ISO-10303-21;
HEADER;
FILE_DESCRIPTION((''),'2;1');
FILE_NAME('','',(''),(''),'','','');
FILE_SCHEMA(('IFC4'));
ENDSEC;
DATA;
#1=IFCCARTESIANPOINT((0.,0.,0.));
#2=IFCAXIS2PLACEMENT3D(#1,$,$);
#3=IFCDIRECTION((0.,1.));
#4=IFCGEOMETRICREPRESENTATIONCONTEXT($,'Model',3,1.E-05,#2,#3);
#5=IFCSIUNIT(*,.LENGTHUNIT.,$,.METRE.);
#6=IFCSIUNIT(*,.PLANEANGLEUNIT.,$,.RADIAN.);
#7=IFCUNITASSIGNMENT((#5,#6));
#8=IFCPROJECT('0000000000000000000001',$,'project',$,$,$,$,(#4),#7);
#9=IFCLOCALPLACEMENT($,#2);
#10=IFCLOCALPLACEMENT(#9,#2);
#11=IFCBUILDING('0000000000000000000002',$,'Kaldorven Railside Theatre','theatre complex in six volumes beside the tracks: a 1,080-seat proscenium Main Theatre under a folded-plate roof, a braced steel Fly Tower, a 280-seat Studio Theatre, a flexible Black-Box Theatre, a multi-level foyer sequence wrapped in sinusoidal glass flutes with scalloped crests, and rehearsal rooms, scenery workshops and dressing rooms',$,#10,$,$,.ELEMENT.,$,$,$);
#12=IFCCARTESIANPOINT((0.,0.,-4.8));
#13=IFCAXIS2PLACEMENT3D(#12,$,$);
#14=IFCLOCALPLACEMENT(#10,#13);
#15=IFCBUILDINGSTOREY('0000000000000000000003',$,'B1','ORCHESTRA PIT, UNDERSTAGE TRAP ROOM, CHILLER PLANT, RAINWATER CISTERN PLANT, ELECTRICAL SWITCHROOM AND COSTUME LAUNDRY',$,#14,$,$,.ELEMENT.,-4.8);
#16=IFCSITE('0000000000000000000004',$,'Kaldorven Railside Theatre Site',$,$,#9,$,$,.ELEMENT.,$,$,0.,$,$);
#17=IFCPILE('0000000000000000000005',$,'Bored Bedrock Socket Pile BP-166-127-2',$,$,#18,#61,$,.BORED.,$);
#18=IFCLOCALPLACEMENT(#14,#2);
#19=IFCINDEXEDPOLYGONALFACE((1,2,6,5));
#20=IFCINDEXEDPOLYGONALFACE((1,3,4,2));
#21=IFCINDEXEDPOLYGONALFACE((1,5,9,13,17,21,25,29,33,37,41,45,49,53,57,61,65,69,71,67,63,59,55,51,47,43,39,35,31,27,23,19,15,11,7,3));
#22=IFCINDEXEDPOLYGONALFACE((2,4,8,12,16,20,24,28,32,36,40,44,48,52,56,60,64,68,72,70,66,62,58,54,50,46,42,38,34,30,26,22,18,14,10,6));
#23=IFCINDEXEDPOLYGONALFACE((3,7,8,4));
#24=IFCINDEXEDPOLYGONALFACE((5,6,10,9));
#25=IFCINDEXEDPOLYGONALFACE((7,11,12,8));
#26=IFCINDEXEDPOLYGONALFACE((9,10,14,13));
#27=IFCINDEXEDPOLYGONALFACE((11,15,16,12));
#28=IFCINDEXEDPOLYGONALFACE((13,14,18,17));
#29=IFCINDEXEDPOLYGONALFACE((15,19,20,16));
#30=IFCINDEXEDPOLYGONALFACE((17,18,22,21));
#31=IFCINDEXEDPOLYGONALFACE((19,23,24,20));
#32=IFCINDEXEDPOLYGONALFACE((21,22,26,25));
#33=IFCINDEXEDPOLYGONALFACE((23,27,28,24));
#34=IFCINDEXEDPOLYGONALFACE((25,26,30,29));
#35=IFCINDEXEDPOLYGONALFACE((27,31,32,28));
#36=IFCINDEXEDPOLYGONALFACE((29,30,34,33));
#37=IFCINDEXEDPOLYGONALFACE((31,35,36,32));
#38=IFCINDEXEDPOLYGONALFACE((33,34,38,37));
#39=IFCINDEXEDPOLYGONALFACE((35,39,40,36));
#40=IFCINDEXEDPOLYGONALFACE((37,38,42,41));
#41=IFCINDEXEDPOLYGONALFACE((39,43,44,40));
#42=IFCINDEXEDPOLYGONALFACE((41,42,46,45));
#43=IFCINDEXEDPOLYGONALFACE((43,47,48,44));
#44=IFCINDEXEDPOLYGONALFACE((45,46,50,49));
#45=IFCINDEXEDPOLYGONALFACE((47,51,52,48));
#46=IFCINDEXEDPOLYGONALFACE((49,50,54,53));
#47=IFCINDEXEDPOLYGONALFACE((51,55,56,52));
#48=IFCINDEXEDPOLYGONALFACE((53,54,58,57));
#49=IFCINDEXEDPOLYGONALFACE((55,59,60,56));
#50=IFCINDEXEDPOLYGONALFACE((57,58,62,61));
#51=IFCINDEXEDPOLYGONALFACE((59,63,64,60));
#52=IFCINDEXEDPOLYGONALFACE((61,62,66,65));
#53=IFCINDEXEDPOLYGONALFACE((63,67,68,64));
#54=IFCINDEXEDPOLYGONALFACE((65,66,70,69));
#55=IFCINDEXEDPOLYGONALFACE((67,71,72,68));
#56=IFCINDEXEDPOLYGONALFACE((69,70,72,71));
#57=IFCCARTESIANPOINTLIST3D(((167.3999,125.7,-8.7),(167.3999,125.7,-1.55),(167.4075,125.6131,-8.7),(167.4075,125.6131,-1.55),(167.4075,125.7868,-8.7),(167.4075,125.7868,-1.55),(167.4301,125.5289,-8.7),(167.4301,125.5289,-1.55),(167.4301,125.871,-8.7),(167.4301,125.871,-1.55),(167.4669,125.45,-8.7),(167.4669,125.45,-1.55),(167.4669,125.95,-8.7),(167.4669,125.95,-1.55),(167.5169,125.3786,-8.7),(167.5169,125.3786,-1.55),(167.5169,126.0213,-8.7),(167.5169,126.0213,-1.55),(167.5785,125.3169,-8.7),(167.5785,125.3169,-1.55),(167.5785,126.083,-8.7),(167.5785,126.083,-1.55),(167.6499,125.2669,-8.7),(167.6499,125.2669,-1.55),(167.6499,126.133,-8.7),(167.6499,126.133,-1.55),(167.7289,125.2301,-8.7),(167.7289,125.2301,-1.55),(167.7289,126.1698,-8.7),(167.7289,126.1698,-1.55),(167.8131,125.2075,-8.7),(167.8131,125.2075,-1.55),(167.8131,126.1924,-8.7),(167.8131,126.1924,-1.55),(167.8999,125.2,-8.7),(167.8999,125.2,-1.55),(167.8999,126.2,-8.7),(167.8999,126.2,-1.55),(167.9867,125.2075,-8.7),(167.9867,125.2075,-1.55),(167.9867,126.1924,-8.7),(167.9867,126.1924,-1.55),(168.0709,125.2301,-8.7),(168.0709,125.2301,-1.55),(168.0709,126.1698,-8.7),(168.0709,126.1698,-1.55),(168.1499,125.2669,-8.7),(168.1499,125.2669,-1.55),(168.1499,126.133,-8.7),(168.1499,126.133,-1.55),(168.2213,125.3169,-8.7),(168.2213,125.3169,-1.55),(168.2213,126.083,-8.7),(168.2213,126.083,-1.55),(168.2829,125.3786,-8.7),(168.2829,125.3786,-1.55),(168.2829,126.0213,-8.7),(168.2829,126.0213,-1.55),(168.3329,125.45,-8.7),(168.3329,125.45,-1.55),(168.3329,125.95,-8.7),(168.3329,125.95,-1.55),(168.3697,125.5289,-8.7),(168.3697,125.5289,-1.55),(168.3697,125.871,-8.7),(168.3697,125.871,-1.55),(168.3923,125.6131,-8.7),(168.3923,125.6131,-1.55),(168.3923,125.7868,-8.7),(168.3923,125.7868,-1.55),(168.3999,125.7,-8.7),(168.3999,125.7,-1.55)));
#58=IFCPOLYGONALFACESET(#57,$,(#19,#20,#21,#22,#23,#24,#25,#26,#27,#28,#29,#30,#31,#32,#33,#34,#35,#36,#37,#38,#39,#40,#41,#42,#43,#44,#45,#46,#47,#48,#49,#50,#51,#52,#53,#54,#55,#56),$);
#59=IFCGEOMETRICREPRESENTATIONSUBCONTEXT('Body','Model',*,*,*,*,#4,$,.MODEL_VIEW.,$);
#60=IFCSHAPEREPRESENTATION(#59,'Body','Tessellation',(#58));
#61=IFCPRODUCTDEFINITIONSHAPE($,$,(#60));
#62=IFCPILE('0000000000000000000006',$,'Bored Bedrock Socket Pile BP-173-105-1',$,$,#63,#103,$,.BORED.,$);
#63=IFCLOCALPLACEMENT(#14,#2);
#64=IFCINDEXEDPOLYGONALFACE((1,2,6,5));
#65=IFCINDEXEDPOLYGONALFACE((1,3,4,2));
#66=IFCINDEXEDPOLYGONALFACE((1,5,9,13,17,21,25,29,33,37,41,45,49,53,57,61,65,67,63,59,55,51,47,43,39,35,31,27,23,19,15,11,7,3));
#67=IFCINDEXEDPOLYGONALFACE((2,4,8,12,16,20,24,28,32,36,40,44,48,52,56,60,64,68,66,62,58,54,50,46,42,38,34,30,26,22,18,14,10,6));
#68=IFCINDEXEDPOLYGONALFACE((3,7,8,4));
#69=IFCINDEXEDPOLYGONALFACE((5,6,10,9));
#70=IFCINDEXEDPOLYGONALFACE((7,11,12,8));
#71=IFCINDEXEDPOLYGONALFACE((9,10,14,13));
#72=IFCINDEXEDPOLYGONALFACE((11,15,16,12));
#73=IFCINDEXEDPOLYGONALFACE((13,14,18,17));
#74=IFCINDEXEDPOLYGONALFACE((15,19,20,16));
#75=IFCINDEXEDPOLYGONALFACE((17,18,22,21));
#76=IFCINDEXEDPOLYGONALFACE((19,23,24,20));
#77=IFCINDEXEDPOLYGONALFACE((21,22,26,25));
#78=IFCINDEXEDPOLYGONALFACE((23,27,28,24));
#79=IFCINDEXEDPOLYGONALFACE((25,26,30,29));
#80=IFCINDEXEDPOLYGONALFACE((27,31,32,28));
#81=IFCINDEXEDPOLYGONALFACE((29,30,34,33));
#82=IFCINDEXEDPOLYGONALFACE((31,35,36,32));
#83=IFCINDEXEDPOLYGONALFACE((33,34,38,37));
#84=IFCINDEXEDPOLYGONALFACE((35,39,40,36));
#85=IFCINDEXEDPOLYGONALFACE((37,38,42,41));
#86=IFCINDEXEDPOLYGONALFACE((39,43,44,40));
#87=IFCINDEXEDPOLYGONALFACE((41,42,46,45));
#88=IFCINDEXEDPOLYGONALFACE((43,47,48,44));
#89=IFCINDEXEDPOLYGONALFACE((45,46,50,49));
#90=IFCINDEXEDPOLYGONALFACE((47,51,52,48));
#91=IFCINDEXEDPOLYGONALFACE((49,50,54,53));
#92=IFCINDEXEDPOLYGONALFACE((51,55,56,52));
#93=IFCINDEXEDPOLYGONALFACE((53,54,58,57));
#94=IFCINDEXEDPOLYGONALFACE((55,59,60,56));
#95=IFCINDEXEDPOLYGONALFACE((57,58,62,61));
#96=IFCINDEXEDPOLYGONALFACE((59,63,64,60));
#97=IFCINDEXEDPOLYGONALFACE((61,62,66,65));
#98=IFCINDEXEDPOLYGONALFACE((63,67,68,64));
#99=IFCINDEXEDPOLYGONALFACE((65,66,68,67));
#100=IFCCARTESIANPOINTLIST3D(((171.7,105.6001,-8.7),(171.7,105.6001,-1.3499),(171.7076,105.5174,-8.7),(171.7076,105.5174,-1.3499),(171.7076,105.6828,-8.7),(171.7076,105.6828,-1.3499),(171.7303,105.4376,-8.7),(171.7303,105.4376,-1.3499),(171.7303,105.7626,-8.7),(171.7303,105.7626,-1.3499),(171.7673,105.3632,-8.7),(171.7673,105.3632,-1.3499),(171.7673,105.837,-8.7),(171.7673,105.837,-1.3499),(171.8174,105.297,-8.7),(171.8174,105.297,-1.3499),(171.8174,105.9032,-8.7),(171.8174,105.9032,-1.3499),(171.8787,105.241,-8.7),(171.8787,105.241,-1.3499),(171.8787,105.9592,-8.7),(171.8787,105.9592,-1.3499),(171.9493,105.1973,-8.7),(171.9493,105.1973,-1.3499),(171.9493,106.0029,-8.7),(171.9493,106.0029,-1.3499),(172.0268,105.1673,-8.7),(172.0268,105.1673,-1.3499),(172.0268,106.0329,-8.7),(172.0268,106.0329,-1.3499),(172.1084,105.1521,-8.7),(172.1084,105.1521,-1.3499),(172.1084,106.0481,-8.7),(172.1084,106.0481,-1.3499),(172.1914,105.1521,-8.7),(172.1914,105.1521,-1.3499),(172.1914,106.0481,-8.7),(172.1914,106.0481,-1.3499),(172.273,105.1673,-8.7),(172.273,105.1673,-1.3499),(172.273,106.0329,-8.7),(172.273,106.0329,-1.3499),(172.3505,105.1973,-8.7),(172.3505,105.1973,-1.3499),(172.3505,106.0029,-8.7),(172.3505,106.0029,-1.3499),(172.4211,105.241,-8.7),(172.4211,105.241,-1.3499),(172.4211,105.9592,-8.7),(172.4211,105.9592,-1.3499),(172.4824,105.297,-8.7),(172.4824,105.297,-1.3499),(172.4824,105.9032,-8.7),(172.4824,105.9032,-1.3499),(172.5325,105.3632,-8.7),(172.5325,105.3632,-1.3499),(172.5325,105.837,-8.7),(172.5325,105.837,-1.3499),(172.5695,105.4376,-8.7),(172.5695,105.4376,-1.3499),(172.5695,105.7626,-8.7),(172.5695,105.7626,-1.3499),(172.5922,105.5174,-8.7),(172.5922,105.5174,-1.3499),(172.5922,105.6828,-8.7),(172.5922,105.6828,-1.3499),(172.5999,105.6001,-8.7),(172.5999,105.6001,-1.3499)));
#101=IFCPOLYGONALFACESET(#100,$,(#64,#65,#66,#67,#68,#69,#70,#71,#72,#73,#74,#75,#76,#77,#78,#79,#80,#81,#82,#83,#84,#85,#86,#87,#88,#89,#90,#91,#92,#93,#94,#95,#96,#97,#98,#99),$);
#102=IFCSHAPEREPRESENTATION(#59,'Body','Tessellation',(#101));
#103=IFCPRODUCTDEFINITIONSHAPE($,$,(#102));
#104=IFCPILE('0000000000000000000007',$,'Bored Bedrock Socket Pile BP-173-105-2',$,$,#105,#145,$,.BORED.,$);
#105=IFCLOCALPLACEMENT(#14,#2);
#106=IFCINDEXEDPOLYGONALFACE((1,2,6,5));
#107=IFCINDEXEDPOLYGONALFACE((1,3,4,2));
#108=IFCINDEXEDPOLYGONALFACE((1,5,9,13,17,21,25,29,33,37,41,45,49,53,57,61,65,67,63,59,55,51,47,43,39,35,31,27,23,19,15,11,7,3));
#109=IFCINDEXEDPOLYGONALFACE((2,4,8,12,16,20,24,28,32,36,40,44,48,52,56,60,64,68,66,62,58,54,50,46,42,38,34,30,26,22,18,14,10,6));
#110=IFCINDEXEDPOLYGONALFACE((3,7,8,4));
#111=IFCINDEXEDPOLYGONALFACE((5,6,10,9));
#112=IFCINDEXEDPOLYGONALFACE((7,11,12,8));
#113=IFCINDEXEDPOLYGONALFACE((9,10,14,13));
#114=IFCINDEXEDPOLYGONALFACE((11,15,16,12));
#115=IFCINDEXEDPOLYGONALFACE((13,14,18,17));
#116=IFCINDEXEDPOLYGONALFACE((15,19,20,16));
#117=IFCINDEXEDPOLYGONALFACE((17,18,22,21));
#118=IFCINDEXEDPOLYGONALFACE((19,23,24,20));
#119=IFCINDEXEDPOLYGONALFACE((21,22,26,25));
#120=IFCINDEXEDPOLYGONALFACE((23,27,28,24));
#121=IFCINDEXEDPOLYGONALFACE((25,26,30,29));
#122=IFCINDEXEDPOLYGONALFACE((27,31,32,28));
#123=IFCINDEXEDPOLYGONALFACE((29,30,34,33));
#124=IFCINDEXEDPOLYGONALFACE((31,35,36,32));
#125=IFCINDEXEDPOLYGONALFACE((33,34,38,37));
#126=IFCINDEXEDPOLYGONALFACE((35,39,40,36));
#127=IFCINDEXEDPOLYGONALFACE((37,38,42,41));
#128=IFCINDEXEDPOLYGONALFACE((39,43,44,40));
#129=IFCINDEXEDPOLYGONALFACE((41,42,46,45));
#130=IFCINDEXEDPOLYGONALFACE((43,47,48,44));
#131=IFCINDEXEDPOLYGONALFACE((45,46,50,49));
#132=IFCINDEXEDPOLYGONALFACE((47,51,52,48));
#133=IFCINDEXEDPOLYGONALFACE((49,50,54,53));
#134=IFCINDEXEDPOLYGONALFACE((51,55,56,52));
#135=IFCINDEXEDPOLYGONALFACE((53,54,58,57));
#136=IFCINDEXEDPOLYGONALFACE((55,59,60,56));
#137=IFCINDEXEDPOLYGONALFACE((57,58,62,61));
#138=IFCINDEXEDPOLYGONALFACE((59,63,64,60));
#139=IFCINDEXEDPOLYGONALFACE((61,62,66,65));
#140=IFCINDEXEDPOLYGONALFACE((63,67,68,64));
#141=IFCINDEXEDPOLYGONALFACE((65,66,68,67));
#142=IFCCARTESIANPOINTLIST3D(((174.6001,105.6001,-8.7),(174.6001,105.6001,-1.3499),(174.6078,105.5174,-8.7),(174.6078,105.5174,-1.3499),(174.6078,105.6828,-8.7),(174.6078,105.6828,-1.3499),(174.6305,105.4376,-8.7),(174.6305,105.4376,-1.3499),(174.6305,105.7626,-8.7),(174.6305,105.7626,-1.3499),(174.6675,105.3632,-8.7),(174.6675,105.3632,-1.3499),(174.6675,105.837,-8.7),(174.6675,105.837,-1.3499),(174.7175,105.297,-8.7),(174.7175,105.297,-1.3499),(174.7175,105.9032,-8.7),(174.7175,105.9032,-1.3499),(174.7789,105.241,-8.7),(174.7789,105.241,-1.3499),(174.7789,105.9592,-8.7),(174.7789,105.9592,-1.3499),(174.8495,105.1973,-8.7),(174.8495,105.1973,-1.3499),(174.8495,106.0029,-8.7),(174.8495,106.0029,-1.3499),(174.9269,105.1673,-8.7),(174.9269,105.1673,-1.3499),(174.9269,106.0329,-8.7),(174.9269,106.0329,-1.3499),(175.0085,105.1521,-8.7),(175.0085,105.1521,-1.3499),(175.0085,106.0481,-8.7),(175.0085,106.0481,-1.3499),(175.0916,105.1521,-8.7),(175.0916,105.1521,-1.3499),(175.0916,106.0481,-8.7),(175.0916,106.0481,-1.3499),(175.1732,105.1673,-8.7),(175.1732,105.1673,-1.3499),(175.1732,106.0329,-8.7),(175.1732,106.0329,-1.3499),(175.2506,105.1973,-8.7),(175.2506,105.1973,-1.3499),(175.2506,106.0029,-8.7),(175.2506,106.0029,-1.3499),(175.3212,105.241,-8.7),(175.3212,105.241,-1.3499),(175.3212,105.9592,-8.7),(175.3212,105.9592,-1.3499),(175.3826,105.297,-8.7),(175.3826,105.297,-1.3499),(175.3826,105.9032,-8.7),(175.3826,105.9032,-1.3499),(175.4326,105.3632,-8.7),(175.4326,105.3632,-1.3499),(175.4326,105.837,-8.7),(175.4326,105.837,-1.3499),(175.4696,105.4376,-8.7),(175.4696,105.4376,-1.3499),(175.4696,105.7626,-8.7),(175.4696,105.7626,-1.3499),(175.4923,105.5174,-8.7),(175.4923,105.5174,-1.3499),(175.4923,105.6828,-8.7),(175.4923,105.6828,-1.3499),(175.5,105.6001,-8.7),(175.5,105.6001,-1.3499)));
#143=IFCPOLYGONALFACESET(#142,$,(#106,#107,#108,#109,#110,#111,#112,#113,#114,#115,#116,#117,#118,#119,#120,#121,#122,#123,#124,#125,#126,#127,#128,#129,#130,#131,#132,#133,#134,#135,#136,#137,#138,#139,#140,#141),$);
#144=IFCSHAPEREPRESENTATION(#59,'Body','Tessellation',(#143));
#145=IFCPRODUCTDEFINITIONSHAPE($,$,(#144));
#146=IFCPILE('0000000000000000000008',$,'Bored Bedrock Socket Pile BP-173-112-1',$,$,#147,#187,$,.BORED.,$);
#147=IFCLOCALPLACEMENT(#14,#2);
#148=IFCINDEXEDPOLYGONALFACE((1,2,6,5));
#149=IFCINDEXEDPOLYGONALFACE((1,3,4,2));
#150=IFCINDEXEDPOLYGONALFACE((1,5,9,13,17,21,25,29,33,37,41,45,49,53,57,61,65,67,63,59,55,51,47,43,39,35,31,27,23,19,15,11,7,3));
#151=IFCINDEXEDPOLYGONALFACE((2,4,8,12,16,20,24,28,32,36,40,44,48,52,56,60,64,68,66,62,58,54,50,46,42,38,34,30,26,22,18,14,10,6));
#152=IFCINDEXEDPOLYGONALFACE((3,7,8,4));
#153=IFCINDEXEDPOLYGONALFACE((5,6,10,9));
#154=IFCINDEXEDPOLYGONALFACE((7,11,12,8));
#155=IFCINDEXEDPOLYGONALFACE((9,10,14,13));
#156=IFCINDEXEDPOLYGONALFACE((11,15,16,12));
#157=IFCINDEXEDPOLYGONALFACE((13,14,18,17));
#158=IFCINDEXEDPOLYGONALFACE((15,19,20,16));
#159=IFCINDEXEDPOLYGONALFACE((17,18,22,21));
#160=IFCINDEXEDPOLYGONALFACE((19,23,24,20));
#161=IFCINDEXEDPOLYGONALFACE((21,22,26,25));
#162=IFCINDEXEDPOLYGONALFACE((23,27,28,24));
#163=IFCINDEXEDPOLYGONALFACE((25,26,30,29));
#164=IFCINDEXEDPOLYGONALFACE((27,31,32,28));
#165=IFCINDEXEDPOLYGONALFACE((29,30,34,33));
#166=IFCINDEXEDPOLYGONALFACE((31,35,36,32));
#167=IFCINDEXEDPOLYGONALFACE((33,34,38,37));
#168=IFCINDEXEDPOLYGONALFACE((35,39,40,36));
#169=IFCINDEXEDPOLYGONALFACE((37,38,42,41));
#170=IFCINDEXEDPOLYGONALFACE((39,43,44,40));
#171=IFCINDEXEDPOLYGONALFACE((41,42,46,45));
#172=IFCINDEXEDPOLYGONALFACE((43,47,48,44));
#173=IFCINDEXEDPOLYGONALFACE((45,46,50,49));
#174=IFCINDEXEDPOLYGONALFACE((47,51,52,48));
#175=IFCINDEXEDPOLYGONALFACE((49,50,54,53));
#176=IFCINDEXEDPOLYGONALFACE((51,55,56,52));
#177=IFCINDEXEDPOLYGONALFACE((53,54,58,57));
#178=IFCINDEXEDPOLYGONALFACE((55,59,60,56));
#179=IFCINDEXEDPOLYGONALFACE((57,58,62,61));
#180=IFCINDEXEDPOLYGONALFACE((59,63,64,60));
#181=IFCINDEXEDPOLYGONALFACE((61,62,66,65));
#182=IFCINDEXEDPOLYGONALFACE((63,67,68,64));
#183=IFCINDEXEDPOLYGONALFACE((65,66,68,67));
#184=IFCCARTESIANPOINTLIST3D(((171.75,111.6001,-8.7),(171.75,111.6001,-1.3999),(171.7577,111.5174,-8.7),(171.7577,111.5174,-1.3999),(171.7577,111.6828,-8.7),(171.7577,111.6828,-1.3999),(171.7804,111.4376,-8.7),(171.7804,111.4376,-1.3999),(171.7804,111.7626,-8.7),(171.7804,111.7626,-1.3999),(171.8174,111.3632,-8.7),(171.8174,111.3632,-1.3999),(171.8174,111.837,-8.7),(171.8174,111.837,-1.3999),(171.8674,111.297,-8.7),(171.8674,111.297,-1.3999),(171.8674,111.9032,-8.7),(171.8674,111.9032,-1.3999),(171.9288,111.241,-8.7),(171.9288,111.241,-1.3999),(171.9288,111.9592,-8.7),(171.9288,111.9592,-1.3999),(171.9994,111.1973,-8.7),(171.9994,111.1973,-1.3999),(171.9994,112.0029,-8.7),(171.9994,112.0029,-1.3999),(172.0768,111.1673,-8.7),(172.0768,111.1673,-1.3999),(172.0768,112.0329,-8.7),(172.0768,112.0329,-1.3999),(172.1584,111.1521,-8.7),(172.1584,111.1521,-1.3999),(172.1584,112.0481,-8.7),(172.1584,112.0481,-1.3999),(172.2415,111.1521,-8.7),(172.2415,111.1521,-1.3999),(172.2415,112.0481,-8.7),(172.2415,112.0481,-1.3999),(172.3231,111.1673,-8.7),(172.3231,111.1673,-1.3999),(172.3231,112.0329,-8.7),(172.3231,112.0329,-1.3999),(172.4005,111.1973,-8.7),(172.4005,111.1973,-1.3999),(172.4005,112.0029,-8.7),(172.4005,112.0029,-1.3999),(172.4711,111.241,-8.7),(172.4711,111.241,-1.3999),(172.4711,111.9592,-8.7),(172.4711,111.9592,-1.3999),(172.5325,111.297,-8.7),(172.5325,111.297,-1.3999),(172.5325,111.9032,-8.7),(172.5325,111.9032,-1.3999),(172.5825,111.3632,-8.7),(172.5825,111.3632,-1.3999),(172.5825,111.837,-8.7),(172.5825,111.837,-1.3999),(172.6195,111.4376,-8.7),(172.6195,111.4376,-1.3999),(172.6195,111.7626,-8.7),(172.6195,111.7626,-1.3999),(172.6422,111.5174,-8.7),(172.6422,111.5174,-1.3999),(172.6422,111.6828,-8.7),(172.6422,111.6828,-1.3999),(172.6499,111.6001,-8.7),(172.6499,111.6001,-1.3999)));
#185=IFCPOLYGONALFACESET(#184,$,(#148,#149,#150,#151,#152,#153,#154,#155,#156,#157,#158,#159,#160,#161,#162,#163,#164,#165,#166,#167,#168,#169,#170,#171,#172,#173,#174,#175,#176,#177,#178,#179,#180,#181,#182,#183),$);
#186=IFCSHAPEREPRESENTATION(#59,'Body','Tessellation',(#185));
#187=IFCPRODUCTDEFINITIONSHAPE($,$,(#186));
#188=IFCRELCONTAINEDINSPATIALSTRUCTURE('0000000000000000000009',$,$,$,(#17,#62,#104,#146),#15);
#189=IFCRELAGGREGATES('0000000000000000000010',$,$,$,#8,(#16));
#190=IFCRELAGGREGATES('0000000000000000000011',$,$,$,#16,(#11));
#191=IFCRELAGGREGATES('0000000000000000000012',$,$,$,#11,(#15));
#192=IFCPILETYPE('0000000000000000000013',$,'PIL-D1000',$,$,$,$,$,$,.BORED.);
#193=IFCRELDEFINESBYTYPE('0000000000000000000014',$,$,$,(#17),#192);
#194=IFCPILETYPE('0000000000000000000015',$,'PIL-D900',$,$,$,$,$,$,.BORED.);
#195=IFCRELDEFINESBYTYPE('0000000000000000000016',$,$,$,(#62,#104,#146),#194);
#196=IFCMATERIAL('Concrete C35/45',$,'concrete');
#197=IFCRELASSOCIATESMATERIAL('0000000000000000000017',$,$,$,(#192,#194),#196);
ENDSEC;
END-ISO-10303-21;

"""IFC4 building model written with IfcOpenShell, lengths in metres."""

from ifc_helpers import new_model, si_unit, direction, frame, origin, origin_2d, place, context, subcontext, project, spatial, circle, extrude, material, material_profile, profile_set, type_object, element, save


model = new_model("IFC4")

# Units and contexts
model_context = context("Model", 3, precision=1e-05, world=origin(), true_north=direction((0.0, 1.0)))
body_context = subcontext(model_context, "Body", "Model", "MODEL_VIEW")
ifc_project = project(units=[si_unit("LENGTHUNIT", "METRE"), si_unit("PLANEANGLEUNIT", "RADIAN")], contexts=[model_context])

# Site, building, storey
site_placement = place(None, origin())
site = spatial("IfcSite", under=ifc_project, at=site_placement, Name="Kaldorven Railside Theatre Site", CompositionType="ELEMENT", RefElevation=0.0)
building_placement = place(site_placement, origin())
building = spatial("IfcBuilding", under=site, at=building_placement, Name="Kaldorven Railside Theatre", Description="theatre complex in six volumes beside the tracks: a 1,080-seat proscenium Main Theatre under a folded-plate roof, a braced steel Fly Tower, a 280-seat Studio Theatre, a flexible Black-Box Theatre, a multi-level foyer sequence wrapped in sinusoidal glass flutes with scalloped crests, and rehearsal rooms, scenery workshops and dressing rooms", CompositionType="ELEMENT")
storey_placement = place(building_placement, frame((0.0, 0.0, -4.8)))
storey = spatial("IfcBuildingStorey", under=building, at=storey_placement, Name="B1", Description="ORCHESTRA PIT, UNDERSTAGE TRAP ROOM, CHILLER PLANT, RAINWATER CISTERN PLANT, ELECTRICAL SWITCHROOM AND COSTUME LAUNDRY", CompositionType="ELEMENT", Elevation=-4.8)

# Piles
ifc_material_1 = material(Name="Concrete C35/45", Category="concrete")
ifc_material_profile_1 = material_profile(ifc_material_1, circle(Radius=0.5, at=origin_2d()), Name="BP D1000")
ifc_profile_set_1 = profile_set([ifc_material_profile_1], Name="Concrete C35/45")
pile_type_1 = type_object("IfcPileType", Name="PIL-D1000", PredefinedType="BORED", material=ifc_profile_set_1)
for number, where, z_axis, x_axis, name in (
    (1, (167.8999, 125.7, -1.55), (0.0, 0.0, -1.0), (1.0, 0.0, 0.0), "Bored Bedrock Socket Pile BP-166-127-2"),
):
    element("IfcPile", number, at=place(storey_placement, frame(where, z_axis=z_axis, x_axis=x_axis)), inside=storey, type_object=pile_type_1, Name=name, PredefinedType="BORED", context=body_context, shape_type="SweptSolid", body=[
        extrude(circle(Radius=0.5, at=origin_2d()), origin(), (0.0, 0.0, 1.0), 7.1499),
    ])
ifc_material_profile_2 = material_profile(ifc_material_1, circle(Radius=0.45, at=origin_2d()), Name="BP D900")
ifc_profile_set_2 = profile_set([ifc_material_profile_2], Name="Concrete C35/45")
pile_type_2 = type_object("IfcPileType", Name="PIL-D900", PredefinedType="BORED", material=ifc_profile_set_2)
for number, where, z_axis, x_axis, name in (
    (2, (172.1499, 105.6001, -1.3499), (0.0, 0.0, -1.0), (1.0, 0.0, 0.0), "Bored Bedrock Socket Pile BP-173-105-1"),
    (3, (175.05, 105.6001, -1.3499), (0.0, 0.0, -1.0), (1.0, 0.0, 0.0), "Bored Bedrock Socket Pile BP-173-105-2"),
):
    element("IfcPile", number, at=place(storey_placement, frame(where, z_axis=z_axis, x_axis=x_axis)), inside=storey, type_object=pile_type_2, Name=name, PredefinedType="BORED", context=body_context, shape_type="SweptSolid", body=[
        extrude(circle(Radius=0.45, at=origin_2d()), origin(), (0.0, 0.0, 1.0), 7.3501),
    ])
for number, where, z_axis, x_axis, name in (
    (4, (172.2, 111.6001, -1.3999), (0.0, 0.0, -1.0), (1.0, 0.0, 0.0), "Bored Bedrock Socket Pile BP-173-112-1"),
):
    element("IfcPile", number, at=place(storey_placement, frame(where, z_axis=z_axis, x_axis=x_axis)), inside=storey, type_object=pile_type_2, Name=name, PredefinedType="BORED", context=body_context, shape_type="SweptSolid", body=[
        extrude(circle(Radius=0.45, at=origin_2d()), origin(), (0.0, 0.0, 1.0), 7.3),
    ])

save(model, "model.ifc")
